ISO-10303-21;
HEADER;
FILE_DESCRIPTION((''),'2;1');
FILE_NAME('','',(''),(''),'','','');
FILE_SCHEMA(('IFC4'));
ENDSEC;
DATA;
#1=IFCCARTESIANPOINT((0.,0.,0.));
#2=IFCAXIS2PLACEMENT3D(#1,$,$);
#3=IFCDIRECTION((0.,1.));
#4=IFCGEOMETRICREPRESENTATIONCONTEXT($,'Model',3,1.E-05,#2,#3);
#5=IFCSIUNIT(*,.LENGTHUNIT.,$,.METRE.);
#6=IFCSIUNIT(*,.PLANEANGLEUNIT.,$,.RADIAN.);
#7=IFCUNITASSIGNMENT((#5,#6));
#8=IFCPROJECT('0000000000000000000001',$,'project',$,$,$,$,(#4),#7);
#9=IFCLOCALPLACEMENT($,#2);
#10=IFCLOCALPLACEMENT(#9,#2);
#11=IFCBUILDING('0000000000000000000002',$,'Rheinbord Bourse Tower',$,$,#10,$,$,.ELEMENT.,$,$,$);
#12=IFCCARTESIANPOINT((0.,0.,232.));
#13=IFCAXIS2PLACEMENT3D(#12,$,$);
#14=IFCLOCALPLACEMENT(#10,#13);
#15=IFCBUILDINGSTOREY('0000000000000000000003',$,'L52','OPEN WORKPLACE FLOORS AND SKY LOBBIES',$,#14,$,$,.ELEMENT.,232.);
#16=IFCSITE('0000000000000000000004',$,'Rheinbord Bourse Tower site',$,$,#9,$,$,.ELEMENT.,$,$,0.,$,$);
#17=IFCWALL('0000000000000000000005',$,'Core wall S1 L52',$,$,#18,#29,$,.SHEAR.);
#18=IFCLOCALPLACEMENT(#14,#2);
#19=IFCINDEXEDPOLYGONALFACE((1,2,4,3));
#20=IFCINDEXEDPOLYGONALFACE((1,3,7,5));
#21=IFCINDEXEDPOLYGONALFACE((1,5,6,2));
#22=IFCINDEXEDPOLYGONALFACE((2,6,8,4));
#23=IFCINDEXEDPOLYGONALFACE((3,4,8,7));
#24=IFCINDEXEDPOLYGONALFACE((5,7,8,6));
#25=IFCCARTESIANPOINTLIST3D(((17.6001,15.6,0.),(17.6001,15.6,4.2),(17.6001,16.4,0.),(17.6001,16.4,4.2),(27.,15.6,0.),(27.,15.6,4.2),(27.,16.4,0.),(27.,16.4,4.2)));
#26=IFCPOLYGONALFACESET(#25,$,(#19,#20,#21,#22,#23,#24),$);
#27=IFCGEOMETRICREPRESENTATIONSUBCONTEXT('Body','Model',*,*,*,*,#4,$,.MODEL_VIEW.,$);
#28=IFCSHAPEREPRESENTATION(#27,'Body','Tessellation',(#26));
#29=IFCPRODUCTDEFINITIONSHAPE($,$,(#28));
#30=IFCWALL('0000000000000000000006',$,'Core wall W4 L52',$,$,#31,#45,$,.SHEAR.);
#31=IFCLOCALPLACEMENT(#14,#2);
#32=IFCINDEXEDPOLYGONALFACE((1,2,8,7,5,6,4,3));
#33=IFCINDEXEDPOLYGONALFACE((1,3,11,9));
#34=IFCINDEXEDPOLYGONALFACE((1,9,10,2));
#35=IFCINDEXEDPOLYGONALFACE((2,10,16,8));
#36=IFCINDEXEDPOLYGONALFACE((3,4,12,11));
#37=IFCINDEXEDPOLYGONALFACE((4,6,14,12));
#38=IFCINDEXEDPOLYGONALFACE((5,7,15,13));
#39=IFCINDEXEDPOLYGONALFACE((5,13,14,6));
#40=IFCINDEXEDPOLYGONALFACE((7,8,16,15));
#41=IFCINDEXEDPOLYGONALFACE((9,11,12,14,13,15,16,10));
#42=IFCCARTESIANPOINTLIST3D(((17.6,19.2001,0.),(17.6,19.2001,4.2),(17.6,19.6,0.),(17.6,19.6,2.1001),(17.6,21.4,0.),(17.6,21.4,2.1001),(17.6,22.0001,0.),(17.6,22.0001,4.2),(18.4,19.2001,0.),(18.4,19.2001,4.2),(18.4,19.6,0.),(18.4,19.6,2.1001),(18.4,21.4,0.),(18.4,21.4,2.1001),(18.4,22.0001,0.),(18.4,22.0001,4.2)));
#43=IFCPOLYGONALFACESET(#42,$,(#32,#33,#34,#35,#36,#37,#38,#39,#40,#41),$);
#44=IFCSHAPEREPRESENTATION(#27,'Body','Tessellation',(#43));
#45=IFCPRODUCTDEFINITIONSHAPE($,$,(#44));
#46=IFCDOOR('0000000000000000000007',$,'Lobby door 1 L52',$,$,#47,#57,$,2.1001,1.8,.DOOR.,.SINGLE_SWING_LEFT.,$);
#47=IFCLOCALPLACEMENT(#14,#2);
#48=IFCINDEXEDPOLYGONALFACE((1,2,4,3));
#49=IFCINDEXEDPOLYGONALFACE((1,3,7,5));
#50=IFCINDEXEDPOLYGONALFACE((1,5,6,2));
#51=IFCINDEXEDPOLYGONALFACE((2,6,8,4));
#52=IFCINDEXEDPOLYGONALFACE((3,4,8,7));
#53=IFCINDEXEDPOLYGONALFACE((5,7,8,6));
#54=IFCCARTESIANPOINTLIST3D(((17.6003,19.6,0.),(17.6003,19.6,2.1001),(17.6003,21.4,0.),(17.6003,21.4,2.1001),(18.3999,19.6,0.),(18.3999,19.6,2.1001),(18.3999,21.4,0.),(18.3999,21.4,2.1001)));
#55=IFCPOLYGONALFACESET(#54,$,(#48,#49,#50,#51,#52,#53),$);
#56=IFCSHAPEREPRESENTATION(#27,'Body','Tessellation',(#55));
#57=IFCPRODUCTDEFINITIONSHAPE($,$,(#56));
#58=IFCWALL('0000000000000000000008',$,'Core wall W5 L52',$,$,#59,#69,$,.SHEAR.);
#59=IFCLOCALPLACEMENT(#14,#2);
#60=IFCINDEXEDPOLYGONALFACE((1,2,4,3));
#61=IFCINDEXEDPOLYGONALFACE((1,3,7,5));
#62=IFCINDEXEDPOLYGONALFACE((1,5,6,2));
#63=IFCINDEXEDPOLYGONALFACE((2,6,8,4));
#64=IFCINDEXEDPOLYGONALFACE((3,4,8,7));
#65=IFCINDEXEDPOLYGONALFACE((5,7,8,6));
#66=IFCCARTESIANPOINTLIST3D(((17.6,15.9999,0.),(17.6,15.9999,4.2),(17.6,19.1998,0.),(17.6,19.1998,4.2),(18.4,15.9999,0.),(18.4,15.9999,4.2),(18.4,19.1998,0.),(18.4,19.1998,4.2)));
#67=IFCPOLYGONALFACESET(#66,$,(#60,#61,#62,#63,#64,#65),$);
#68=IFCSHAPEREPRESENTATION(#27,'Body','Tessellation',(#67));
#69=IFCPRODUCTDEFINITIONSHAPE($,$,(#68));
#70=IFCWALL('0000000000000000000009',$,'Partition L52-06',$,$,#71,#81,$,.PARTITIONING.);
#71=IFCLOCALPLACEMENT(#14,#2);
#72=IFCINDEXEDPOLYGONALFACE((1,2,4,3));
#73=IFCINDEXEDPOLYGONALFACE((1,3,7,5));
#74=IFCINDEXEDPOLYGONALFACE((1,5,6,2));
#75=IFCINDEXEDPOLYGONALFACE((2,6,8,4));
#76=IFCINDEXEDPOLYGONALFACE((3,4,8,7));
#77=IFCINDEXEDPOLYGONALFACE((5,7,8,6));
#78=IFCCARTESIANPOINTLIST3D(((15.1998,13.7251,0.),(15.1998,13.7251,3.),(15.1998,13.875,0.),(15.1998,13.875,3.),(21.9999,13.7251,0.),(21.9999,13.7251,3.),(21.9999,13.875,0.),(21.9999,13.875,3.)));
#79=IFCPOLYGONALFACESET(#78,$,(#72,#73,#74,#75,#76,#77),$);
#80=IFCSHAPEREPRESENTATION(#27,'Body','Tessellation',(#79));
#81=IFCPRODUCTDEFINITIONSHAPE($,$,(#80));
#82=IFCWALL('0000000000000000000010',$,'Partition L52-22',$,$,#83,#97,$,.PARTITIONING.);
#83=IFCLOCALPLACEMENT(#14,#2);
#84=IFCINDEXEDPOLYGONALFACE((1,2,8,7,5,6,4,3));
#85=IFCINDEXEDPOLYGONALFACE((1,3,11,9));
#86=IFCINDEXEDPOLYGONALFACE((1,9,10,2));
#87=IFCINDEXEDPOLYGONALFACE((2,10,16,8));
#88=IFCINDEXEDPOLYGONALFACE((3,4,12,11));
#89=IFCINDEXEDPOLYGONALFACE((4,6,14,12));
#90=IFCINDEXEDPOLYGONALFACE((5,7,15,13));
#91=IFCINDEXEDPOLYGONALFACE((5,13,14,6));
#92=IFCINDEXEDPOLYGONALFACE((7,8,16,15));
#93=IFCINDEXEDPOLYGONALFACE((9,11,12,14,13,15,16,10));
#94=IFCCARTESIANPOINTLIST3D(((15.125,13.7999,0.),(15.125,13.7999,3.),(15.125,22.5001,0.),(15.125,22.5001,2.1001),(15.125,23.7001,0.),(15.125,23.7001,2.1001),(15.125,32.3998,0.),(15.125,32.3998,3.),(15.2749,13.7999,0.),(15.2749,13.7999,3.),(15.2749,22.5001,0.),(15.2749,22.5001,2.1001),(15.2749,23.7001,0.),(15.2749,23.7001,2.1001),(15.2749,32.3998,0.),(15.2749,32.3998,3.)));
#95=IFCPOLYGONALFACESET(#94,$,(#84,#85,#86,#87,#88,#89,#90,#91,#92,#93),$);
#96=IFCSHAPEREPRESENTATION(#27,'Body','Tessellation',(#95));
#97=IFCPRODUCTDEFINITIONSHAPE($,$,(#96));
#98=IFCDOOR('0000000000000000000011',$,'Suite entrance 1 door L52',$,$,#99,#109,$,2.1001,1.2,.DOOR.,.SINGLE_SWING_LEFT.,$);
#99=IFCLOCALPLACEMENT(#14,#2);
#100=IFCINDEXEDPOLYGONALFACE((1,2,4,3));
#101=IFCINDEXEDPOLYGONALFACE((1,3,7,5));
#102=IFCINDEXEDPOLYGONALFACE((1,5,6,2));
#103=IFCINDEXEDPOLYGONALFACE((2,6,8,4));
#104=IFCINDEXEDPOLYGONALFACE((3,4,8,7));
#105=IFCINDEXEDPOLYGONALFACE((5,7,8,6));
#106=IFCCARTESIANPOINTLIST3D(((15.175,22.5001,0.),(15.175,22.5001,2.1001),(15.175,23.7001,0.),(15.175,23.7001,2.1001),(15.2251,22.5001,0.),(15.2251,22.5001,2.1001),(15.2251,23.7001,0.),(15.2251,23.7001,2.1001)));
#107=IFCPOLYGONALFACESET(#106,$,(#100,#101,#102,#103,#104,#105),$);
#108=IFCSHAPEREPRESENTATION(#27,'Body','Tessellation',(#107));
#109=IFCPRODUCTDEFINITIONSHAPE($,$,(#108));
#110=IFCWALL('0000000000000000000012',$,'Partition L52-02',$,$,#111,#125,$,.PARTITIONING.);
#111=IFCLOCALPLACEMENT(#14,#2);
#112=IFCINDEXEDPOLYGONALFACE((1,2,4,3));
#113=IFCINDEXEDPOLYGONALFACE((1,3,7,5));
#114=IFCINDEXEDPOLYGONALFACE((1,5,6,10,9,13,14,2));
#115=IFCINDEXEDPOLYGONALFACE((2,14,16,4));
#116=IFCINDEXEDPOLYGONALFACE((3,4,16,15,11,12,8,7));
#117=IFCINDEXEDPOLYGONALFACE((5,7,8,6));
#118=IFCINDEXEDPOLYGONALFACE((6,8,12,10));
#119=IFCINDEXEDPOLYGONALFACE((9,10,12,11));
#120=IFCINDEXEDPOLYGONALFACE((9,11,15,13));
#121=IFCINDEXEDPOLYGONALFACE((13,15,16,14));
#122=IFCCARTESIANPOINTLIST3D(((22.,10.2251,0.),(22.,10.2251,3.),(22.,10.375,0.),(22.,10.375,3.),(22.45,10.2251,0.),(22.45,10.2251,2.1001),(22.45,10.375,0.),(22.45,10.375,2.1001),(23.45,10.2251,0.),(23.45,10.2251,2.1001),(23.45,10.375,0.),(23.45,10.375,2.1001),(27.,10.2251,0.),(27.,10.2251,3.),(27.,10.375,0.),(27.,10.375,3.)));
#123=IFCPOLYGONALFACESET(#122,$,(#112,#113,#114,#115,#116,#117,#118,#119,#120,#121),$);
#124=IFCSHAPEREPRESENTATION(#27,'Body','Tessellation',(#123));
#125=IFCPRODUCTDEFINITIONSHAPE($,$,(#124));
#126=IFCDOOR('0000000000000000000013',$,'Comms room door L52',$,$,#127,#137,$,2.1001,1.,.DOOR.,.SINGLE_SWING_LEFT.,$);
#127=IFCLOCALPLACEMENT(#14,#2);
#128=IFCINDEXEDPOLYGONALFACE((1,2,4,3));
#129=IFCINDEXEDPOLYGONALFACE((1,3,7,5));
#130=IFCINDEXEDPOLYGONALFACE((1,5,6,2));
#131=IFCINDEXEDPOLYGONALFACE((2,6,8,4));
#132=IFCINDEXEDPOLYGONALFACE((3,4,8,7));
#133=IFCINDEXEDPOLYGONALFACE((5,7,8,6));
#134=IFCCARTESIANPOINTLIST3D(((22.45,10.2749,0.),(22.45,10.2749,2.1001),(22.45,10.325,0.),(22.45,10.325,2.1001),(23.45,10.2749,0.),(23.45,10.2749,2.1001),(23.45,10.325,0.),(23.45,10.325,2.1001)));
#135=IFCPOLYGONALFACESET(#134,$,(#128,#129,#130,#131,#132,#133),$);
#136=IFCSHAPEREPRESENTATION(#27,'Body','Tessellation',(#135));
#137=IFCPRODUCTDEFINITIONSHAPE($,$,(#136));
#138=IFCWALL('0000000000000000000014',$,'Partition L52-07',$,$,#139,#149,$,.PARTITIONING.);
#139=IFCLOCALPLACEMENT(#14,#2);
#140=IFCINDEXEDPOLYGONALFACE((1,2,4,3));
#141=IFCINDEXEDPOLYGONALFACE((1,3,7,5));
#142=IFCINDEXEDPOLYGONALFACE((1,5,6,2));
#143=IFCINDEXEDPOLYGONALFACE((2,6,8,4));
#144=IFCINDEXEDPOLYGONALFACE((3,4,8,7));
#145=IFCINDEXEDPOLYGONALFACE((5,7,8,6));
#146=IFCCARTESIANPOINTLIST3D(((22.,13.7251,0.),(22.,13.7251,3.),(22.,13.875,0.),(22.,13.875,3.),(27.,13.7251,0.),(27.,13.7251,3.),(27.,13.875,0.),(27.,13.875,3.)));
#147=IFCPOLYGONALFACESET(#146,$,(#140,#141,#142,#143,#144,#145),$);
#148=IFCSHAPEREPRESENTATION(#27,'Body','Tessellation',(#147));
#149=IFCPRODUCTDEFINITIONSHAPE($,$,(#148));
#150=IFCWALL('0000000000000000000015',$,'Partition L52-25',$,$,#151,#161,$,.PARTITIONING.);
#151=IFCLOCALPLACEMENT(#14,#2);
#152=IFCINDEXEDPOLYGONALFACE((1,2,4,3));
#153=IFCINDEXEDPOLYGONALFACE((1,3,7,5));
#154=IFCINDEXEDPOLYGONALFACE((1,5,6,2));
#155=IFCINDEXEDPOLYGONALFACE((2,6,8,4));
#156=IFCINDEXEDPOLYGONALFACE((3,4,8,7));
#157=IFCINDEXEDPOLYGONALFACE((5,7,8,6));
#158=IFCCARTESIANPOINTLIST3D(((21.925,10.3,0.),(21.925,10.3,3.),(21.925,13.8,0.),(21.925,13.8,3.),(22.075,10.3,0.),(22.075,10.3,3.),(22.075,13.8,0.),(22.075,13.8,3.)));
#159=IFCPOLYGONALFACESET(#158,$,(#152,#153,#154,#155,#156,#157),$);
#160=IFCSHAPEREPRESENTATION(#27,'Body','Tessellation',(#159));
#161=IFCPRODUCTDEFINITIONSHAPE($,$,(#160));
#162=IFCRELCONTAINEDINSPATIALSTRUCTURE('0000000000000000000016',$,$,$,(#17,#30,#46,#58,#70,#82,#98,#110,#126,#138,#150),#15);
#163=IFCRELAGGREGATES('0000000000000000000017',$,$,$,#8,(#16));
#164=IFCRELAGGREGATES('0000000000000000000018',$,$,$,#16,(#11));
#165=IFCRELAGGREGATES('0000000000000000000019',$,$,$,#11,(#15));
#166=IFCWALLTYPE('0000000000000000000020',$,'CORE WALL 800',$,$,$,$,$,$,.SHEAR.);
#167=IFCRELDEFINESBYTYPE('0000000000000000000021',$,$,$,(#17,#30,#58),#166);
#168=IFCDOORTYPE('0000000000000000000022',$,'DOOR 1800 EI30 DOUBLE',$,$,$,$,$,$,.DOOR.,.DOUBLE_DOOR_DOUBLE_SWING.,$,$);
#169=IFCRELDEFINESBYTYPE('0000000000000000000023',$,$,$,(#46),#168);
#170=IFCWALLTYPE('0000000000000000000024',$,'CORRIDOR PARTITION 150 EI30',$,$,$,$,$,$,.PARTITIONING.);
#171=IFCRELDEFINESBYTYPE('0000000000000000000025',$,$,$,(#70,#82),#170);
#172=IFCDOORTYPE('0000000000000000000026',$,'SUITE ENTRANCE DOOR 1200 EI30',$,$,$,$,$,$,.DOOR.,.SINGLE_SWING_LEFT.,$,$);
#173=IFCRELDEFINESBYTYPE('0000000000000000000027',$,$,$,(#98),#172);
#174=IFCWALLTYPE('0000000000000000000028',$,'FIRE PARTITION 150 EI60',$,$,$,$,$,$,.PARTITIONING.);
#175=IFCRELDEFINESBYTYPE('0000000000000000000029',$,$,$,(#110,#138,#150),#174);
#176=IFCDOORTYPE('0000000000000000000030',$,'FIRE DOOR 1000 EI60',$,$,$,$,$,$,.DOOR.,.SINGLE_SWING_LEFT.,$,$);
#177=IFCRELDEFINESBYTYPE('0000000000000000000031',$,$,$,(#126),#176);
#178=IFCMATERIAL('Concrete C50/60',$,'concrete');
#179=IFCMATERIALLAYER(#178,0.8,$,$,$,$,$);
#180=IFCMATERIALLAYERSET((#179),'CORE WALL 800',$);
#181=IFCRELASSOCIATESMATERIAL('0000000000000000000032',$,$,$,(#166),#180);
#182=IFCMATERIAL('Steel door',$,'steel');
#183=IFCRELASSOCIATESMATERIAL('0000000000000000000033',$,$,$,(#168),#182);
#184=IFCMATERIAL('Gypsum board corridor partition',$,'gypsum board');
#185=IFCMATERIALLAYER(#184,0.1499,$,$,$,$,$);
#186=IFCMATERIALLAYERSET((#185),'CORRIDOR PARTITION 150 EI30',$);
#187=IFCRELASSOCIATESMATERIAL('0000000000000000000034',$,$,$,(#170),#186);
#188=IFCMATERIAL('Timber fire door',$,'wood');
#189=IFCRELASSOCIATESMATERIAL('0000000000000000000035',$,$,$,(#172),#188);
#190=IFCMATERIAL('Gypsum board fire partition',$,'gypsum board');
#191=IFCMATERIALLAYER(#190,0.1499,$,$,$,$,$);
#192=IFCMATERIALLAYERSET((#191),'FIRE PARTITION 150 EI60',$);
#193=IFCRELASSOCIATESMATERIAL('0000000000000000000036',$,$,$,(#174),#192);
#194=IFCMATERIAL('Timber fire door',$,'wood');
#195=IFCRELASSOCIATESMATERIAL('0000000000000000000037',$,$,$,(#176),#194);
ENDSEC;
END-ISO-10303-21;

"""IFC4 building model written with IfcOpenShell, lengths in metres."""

from ifc_helpers import new_model, si_unit, direction, frame, frame_2d, origin, place, context, subcontext, project, spatial, rectangle, extrude, material, layer, layer_set, type_object, element, fill, save


model = new_model("IFC4")

# Units and contexts
model_context = context("Model", 3, precision=1e-05, world=origin(), true_north=direction((0.0, 1.0)))
body_context = subcontext(model_context, "Body", "Model", "MODEL_VIEW")
ifc_project = project(units=[si_unit("LENGTHUNIT", "METRE"), si_unit("PLANEANGLEUNIT", "RADIAN")], contexts=[model_context])

# Site, building, storey
site_placement = place(None, origin())
site = spatial("IfcSite", under=ifc_project, at=site_placement, Name="Rheinbord Bourse Tower site", CompositionType="ELEMENT", RefElevation=0.0)
building_placement = place(site_placement, origin())
building = spatial("IfcBuilding", under=site, at=building_placement, Name="Rheinbord Bourse Tower", CompositionType="ELEMENT")
storey_placement = place(building_placement, frame((0.0, 0.0, 232.0)))
storey = spatial("IfcBuildingStorey", under=building, at=storey_placement, Name="L52", Description="OPEN WORKPLACE FLOORS AND SKY LOBBIES", CompositionType="ELEMENT", Elevation=232.0)

# Wall
ifc_material_1 = material(Name="Concrete C50/60", Category="concrete")
ifc_layer_1 = layer(ifc_material_1, 0.8)
ifc_layer_set_1 = layer_set([ifc_layer_1], Name="CORE WALL 800")
wall_type_1 = type_object("IfcWallType", Name="CORE WALL 800", PredefinedType="SHEAR", material=ifc_layer_set_1)
wall_1_placement = place(storey_placement, frame((17.6001, 16.0, 0.0), z_axis=(0.0, 0.0, 1.0), x_axis=(1.0, 0.0, 0.0)))
element("IfcWall", 1, at=wall_1_placement, inside=storey, type_object=wall_type_1, Name="Core wall S1 L52", PredefinedType="SHEAR", context=body_context, shape_type="SweptSolid", body=[
    extrude(rectangle(XDim=9.3999, YDim=0.8, at=frame_2d((4.7, 0.0))), origin(), (0.0, 0.0, 1.0), 4.2),
])

# Wall, opening, door
wall_2_placement = place(storey_placement, frame((18.0, 22.0, 0.0), z_axis=(0.0, 0.0, 1.0), x_axis=(0.0, -1.0, 0.0)))
wall_2 = element("IfcWall", 2, at=wall_2_placement, inside=storey, type_object=wall_type_1, Name="Core wall W4 L52", PredefinedType="SHEAR", context=body_context, shape_type="SweptSolid", body=[
    extrude(rectangle(XDim=2.8, YDim=0.8, at=frame_2d((1.3999, 0.0))), origin(), (0.0, 0.0, 1.0), 4.2),
])
opening_1_placement = place(wall_2_placement, frame((0.6001, 0.0, 0.0)))
opening_1 = element("IfcOpeningElement", 3, at=opening_1_placement, cuts=wall_2, PredefinedType="OPENING", context=body_context, shape_type="SweptSolid", body=[
    extrude(rectangle(XDim=1.8, YDim=2.1001, at=frame_2d((0.8999, 1.05))), frame((0.0, 0.4099, 0.0), z_axis=(0.0, -1.0, 0.0), x_axis=(1.0, 0.0, 0.0)), (0.0, 0.0, 1.0), 0.8201),
])
ifc_material_2 = material(Name="Steel door", Category="steel")
door_type_1 = type_object("IfcDoorType", Name="DOOR 1800 EI30 DOUBLE", OperationType="DOUBLE_DOOR_DOUBLE_SWING", PredefinedType="DOOR", material=ifc_material_2)
door_1_placement = place(opening_1_placement, origin())
door_1 = element("IfcDoor", 4, at=door_1_placement, inside=storey, type_object=door_type_1, Name="Lobby door 1 L52", OperationType="SINGLE_SWING_LEFT", OverallHeight=2.1001, OverallWidth=1.8, PredefinedType="DOOR", context=body_context, shape_type="SweptSolid", body=[
    extrude(rectangle(XDim=1.8, YDim=2.1001, at=frame_2d((0.8999, 1.05))), frame((0.0, 0.3999, 0.0), z_axis=(0.0, -1.0, 0.0), x_axis=(1.0, 0.0, 0.0)), (0.0, 0.0, 1.0), 0.7996),
])
fill(opening_1, door_1)

# Walls
wall_3_placement = place(storey_placement, frame((18.0, 19.2, 0.0), z_axis=(0.0, 0.0, 1.0), x_axis=(0.0, -1.0, 0.0)))
element("IfcWall", 5, at=wall_3_placement, inside=storey, type_object=wall_type_1, Name="Core wall W5 L52", PredefinedType="SHEAR", context=body_context, shape_type="SweptSolid", body=[
    extrude(rectangle(XDim=3.2, YDim=0.8, at=frame_2d((1.6001, 0.0))), origin(), (0.0, 0.0, 1.0), 4.2),
])
ifc_material_3 = material(Name="Gypsum board corridor partition", Category="gypsum board")
ifc_layer_2 = layer(ifc_material_3, 0.1499)
ifc_layer_set_2 = layer_set([ifc_layer_2], Name="CORRIDOR PARTITION 150 EI30")
wall_type_2 = type_object("IfcWallType", Name="CORRIDOR PARTITION 150 EI30", PredefinedType="PARTITIONING", material=ifc_layer_set_2)
wall_4_placement = place(storey_placement, frame((15.2, 13.8, 0.0), z_axis=(0.0, 0.0, 1.0), x_axis=(1.0, 0.0, 0.0)))
element("IfcWall", 6, at=wall_4_placement, inside=storey, type_object=wall_type_2, Name="Partition L52-06", PredefinedType="PARTITIONING", context=body_context, shape_type="SweptSolid", body=[
    extrude(rectangle(XDim=6.8, YDim=0.1499, at=frame_2d((3.3999, 0.0))), origin(), (0.0, 0.0, 1.0), 3.0),
])

# Walls, openings, doors
wall_5_placement = place(storey_placement, frame((15.2, 13.8, 0.0), z_axis=(0.0, 0.0, 1.0), x_axis=(0.0, 1.0, 0.0)))
wall_5 = element("IfcWall", 7, at=wall_5_placement, inside=storey, type_object=wall_type_2, Name="Partition L52-22", PredefinedType="PARTITIONING", context=body_context, shape_type="SweptSolid", body=[
    extrude(rectangle(XDim=18.5999, YDim=0.1499, at=frame_2d((9.2998, 0.0))), origin(), (0.0, 0.0, 1.0), 3.0),
])
opening_2_placement = place(wall_5_placement, frame((8.7, 0.0, 0.0)))
opening_2 = element("IfcOpeningElement", 8, at=opening_2_placement, cuts=wall_5, PredefinedType="OPENING", context=body_context, shape_type="SweptSolid", body=[
    extrude(rectangle(XDim=1.2, YDim=2.1001, at=frame_2d((0.6001, 1.05))), frame((0.0, 0.085, 0.0), z_axis=(0.0, -1.0, 0.0), x_axis=(1.0, 0.0, 0.0)), (0.0, 0.0, 1.0), 0.1699),
])
ifc_material_4 = material(Name="Timber fire door", Category="wood")
door_type_2 = type_object("IfcDoorType", Name="SUITE ENTRANCE DOOR 1200 EI30", OperationType="SINGLE_SWING_LEFT", PredefinedType="DOOR", material=ifc_material_4)
door_2_placement = place(opening_2_placement, origin())
door_2 = element("IfcDoor", 9, at=door_2_placement, inside=storey, type_object=door_type_2, Name="Suite entrance 1 door L52", OperationType="SINGLE_SWING_LEFT", OverallHeight=2.1001, OverallWidth=1.2, PredefinedType="DOOR", context=body_context, shape_type="SweptSolid", body=[
    extrude(rectangle(XDim=1.2, YDim=2.1001, at=frame_2d((0.6001, 1.05))), frame((0.0, 0.0249, 0.0), z_axis=(0.0, -1.0, 0.0), x_axis=(1.0, 0.0, 0.0)), (0.0, 0.0, 1.0), 0.05),
])
fill(opening_2, door_2)
ifc_material_5 = material(Name="Gypsum board fire partition", Category="gypsum board")
ifc_layer_3 = layer(ifc_material_5, 0.1499)
ifc_layer_set_3 = layer_set([ifc_layer_3], Name="FIRE PARTITION 150 EI60")
wall_type_3 = type_object("IfcWallType", Name="FIRE PARTITION 150 EI60", PredefinedType="PARTITIONING", material=ifc_layer_set_3)
wall_6_placement = place(storey_placement, frame((22.0, 10.3, 0.0), z_axis=(0.0, 0.0, 1.0), x_axis=(1.0, 0.0, 0.0)))
wall_6 = element("IfcWall", 10, at=wall_6_placement, inside=storey, type_object=wall_type_3, Name="Partition L52-02", PredefinedType="PARTITIONING", context=body_context, shape_type="SweptSolid", body=[
    extrude(rectangle(XDim=5.0, YDim=0.1499, at=frame_2d((2.5, 0.0))), origin(), (0.0, 0.0, 1.0), 3.0),
])
opening_3_placement = place(wall_6_placement, frame((0.45, 0.0, 0.0)))
opening_3 = element("IfcOpeningElement", 11, at=opening_3_placement, cuts=wall_6, PredefinedType="OPENING", context=body_context, shape_type="SweptSolid", body=[
    extrude(rectangle(XDim=1.0, YDim=2.1001, at=frame_2d((0.5, 1.05))), frame((0.0, 0.085, 0.0), z_axis=(0.0, -1.0, 0.0), x_axis=(1.0, 0.0, 0.0)), (0.0, 0.0, 1.0), 0.1699),
])
ifc_material_6 = material(Name="Timber fire door", Category="wood")
door_type_3 = type_object("IfcDoorType", Name="FIRE DOOR 1000 EI60", OperationType="SINGLE_SWING_LEFT", PredefinedType="DOOR", material=ifc_material_6)
door_3_placement = place(opening_3_placement, origin())
door_3 = element("IfcDoor", 12, at=door_3_placement, inside=storey, type_object=door_type_3, Name="Comms room door L52", OperationType="SINGLE_SWING_LEFT", OverallHeight=2.1001, OverallWidth=1.0, PredefinedType="DOOR", context=body_context, shape_type="SweptSolid", body=[
    extrude(rectangle(XDim=1.0, YDim=2.1001, at=frame_2d((0.5, 1.05))), frame((0.0, 0.0249, 0.0), z_axis=(0.0, -1.0, 0.0), x_axis=(1.0, 0.0, 0.0)), (0.0, 0.0, 1.0), 0.05),
])
fill(opening_3, door_3)

# Walls
wall_7_placement = place(storey_placement, frame((22.0, 13.8, 0.0), z_axis=(0.0, 0.0, 1.0), x_axis=(1.0, 0.0, 0.0)))
element("IfcWall", 13, at=wall_7_placement, inside=storey, type_object=wall_type_3, Name="Partition L52-07", PredefinedType="PARTITIONING", context=body_context, shape_type="SweptSolid", body=[
    extrude(rectangle(XDim=5.0, YDim=0.1499, at=frame_2d((2.5, 0.0))), origin(), (0.0, 0.0, 1.0), 3.0),
])
wall_8_placement = place(storey_placement, frame((22.0, 10.3, 0.0), z_axis=(0.0, 0.0, 1.0), x_axis=(0.0, 1.0, 0.0)))
element("IfcWall", 14, at=wall_8_placement, inside=storey, type_object=wall_type_3, Name="Partition L52-25", PredefinedType="PARTITIONING", context=body_context, shape_type="SweptSolid", body=[
    extrude(rectangle(XDim=3.5, YDim=0.1499, at=frame_2d((1.75, 0.0))), origin(), (0.0, 0.0, 1.0), 3.0),
])

save(model, "model.ifc")
